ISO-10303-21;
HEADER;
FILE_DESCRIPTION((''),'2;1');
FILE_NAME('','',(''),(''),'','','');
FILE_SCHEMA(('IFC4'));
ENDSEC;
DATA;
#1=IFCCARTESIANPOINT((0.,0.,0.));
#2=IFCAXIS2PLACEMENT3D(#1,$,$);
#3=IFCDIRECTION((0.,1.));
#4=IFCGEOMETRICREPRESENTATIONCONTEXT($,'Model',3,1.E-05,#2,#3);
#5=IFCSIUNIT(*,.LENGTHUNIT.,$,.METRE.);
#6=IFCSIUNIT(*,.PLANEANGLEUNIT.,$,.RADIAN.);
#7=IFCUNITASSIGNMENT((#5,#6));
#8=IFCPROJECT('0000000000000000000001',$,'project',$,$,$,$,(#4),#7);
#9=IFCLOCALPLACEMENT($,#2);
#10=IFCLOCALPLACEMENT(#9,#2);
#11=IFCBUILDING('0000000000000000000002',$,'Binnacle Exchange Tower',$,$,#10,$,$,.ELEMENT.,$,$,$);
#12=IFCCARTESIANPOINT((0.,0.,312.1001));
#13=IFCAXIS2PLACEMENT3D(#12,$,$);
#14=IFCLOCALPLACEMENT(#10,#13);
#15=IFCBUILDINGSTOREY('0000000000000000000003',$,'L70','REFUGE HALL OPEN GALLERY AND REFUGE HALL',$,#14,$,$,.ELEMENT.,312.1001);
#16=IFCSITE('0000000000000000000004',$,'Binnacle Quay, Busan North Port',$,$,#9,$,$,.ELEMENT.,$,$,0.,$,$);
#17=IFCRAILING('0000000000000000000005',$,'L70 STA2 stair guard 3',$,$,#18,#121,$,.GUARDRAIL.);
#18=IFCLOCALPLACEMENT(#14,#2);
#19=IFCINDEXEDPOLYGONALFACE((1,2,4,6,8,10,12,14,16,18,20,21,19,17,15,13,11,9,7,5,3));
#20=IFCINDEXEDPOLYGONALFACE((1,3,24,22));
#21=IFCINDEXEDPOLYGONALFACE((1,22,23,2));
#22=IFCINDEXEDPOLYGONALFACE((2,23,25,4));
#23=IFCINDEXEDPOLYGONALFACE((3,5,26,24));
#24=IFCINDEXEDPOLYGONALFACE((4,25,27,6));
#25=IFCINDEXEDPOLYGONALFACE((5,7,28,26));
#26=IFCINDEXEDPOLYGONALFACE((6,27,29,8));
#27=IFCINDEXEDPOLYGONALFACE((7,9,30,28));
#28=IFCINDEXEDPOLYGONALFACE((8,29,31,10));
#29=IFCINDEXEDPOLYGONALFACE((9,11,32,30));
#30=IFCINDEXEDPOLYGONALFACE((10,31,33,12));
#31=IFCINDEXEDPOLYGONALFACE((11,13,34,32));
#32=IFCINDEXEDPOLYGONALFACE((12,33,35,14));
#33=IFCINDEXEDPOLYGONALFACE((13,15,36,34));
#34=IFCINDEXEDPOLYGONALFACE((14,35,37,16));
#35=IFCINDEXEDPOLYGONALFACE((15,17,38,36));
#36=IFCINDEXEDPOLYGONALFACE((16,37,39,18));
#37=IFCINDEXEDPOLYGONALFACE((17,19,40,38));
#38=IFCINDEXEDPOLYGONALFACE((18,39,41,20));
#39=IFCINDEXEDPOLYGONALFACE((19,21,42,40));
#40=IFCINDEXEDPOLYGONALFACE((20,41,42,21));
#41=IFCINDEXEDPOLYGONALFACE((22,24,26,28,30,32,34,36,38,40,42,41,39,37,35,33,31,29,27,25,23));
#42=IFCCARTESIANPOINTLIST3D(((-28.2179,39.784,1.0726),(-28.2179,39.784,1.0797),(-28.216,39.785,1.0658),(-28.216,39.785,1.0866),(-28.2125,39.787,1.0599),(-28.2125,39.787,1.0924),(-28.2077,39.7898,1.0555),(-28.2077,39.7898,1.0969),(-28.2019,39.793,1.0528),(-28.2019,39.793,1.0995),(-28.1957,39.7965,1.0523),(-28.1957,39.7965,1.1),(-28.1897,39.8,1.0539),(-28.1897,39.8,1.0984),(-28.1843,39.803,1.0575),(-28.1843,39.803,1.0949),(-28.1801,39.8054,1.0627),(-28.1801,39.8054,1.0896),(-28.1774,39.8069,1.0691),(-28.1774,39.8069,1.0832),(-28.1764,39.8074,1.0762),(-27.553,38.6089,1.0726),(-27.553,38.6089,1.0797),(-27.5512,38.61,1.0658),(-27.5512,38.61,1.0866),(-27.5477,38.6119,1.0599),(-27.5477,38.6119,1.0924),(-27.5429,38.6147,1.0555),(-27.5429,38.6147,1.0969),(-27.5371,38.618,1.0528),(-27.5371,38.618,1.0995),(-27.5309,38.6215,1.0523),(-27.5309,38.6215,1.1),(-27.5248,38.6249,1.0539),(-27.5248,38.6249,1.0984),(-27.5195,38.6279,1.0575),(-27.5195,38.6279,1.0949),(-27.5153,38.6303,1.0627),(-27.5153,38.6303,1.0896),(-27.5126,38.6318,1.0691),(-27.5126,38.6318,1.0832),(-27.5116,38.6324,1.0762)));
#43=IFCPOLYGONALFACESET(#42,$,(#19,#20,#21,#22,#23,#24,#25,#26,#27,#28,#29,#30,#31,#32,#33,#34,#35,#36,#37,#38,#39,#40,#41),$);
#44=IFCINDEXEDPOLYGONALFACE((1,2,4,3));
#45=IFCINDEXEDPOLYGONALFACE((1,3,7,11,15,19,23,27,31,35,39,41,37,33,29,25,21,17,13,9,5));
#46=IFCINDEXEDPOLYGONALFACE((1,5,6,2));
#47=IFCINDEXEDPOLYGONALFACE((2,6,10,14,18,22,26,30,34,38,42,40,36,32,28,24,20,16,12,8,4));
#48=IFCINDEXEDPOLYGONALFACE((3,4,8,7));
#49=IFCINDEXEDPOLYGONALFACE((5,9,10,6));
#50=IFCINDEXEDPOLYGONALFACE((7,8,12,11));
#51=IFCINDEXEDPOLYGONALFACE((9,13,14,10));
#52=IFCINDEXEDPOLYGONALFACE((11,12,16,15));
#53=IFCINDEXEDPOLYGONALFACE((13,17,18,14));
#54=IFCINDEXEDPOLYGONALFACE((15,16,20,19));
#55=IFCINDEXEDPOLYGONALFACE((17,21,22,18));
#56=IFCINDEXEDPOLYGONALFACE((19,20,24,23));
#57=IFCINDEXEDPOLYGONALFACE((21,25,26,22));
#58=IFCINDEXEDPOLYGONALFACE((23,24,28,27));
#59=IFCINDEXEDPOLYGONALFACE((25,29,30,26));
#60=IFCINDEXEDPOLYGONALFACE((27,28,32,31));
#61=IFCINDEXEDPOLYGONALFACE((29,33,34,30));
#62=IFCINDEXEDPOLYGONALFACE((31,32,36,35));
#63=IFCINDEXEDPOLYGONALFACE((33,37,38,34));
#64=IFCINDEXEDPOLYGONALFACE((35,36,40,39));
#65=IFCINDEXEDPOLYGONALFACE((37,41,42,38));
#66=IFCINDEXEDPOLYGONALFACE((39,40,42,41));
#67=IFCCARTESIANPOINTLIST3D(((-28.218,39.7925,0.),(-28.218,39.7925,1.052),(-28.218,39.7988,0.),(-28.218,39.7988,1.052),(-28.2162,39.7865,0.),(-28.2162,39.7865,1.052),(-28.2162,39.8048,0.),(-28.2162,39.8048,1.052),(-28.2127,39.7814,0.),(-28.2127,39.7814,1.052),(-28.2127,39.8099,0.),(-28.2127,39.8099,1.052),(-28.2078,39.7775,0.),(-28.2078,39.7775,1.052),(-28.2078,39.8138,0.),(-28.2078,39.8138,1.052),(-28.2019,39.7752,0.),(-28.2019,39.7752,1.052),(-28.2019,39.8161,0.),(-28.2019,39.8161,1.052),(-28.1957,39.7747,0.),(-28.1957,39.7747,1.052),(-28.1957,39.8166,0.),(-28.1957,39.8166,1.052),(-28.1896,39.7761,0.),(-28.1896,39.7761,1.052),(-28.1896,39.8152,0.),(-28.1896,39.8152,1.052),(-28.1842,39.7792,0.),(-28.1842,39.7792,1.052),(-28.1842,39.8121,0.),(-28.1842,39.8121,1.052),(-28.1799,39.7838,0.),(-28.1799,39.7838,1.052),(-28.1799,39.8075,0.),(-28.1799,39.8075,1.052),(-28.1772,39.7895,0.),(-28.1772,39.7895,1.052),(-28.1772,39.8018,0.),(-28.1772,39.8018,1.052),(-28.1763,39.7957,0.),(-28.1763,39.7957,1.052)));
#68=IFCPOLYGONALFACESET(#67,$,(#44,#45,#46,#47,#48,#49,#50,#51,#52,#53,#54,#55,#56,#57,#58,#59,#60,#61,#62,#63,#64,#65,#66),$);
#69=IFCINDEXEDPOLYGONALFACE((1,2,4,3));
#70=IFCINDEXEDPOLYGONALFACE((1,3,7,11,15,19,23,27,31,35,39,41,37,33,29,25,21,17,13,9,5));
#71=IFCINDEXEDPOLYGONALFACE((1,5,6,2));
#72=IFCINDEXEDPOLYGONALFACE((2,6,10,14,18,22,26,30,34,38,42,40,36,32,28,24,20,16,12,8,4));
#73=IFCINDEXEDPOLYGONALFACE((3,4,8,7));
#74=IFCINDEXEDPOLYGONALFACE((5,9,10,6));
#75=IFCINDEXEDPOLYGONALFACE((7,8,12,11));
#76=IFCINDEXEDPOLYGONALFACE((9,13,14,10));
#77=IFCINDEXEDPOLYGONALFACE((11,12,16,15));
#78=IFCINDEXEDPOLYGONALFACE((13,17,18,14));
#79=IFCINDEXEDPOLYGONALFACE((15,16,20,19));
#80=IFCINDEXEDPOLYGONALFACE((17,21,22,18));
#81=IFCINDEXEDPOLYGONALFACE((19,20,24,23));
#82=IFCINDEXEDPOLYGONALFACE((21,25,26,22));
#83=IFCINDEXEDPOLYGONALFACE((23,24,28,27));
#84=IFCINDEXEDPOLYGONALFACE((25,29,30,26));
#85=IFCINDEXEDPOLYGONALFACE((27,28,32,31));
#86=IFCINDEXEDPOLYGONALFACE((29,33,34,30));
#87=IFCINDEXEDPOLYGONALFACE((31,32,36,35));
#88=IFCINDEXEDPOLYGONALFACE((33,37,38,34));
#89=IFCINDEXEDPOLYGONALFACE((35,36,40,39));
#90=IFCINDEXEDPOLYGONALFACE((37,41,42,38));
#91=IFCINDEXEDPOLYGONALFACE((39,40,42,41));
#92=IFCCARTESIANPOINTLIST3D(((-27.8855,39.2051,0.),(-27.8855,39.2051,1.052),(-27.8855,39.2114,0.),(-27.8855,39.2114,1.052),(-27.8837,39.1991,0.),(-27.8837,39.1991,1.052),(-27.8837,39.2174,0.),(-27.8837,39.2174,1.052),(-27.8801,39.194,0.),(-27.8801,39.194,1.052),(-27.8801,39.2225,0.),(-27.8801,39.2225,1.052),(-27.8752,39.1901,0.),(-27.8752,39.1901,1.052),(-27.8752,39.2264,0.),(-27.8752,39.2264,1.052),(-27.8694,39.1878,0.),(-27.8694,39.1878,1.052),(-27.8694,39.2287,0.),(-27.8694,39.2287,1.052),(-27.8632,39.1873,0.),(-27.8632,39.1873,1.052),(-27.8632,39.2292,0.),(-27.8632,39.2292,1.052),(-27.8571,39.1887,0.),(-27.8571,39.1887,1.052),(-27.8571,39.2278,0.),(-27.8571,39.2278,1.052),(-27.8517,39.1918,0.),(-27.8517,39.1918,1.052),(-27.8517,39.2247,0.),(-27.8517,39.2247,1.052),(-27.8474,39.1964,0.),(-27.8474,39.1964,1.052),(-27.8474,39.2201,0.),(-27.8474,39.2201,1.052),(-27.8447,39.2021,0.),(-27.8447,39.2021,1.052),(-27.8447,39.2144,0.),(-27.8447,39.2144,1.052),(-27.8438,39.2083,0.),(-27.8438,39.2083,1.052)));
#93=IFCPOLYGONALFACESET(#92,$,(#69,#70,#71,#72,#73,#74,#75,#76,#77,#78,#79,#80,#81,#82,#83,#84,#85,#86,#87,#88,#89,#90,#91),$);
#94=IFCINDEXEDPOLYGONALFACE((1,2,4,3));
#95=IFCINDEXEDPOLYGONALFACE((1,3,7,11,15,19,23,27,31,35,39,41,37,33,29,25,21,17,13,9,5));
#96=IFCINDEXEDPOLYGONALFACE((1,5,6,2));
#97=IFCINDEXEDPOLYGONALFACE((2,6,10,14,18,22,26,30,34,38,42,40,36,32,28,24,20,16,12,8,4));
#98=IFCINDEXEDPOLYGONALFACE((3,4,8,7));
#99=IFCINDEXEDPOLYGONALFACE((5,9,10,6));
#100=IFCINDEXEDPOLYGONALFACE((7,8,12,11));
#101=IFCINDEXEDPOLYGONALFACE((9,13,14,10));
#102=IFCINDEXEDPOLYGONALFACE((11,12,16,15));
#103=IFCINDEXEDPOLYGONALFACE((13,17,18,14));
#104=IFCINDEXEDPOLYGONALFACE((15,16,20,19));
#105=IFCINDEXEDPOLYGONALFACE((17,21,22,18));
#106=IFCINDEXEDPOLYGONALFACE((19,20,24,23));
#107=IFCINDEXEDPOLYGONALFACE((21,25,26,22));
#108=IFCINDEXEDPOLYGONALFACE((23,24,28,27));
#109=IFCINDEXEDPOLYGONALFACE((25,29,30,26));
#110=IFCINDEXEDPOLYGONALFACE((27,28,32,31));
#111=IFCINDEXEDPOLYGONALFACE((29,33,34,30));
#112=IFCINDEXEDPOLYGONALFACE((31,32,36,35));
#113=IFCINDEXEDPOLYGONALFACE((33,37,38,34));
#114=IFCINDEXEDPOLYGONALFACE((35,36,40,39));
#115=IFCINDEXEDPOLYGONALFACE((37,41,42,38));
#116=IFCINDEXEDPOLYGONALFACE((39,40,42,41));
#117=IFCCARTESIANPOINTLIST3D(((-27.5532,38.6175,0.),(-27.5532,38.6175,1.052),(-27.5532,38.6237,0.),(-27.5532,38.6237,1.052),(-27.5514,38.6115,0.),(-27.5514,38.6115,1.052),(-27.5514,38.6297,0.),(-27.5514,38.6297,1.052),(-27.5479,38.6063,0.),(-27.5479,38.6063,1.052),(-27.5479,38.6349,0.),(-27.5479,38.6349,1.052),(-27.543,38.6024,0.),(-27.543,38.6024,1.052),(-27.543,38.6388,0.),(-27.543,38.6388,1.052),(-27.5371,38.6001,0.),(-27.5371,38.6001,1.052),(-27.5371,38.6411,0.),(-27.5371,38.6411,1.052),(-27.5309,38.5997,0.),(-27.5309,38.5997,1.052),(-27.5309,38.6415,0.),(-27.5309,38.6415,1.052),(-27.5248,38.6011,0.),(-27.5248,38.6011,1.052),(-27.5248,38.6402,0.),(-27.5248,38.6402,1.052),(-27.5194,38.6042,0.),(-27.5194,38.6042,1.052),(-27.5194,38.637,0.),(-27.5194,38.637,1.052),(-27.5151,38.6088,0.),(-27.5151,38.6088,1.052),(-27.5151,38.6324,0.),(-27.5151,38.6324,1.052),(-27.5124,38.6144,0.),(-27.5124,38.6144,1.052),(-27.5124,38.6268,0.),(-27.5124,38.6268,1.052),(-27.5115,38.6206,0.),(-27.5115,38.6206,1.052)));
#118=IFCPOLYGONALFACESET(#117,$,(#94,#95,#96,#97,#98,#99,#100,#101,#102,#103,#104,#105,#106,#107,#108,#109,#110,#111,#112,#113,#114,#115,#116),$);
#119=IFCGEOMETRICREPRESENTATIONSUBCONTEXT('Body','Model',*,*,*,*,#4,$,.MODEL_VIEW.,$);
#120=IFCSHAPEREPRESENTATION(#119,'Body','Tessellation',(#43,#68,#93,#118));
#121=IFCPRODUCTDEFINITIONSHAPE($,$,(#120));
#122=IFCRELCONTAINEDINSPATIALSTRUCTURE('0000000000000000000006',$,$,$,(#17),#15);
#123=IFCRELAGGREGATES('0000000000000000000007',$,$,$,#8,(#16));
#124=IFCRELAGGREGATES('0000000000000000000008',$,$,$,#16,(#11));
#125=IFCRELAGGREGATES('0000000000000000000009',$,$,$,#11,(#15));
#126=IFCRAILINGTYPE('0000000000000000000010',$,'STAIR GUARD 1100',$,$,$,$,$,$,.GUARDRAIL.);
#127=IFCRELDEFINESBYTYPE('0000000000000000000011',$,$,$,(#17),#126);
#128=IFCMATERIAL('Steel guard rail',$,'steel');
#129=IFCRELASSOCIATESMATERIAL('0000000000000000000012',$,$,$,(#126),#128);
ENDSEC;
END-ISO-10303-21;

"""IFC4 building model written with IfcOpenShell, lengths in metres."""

from ifc_helpers import new_model, si_unit, direction, frame, origin, origin_2d, place, context, subcontext, project, spatial, circle, extrude, material, type_object, element, save


model = new_model("IFC4")

# Units and contexts
model_context = context("Model", 3, precision=1e-05, world=origin(), true_north=direction((0.0, 1.0)))
body_context = subcontext(model_context, "Body", "Model", "MODEL_VIEW")
ifc_project = project(units=[si_unit("LENGTHUNIT", "METRE"), si_unit("PLANEANGLEUNIT", "RADIAN")], contexts=[model_context])

# Site, building, storey
site_placement = place(None, origin())
site = spatial("IfcSite", under=ifc_project, at=site_placement, Name="Binnacle Quay, Busan North Port", CompositionType="ELEMENT", RefElevation=0.0)
building_placement = place(site_placement, origin())
building = spatial("IfcBuilding", under=site, at=building_placement, Name="Binnacle Exchange Tower", CompositionType="ELEMENT")
storey_placement = place(building_placement, frame((0.0, 0.0, 312.1001)))
storey = spatial("IfcBuildingStorey", under=building, at=storey_placement, Name="L70", Description="REFUGE HALL OPEN GALLERY AND REFUGE HALL", CompositionType="ELEMENT", Elevation=312.1001)

# Railing
ifc_material_1 = material(Name="Steel guard rail", Category="steel")
railing_type_1 = type_object("IfcRailingType", Name="STAIR GUARD 1100", PredefinedType="GUARDRAIL", material=ifc_material_1)
railing_1_placement = place(storey_placement, frame((-28.1973, 39.7957, 0.0)))
element("IfcRailing", 1, at=railing_1_placement, inside=storey, type_object=railing_type_1, Name="L70 STA2 stair guard 3", PredefinedType="GUARDRAIL", context=body_context, shape_type="SweptSolid", body=[
    extrude(circle(Radius=0.0239, at=origin_2d()), frame((0.0, 0.0, 1.0762), z_axis=(0.492415, -0.870361, 0.0), x_axis=(0.870361, 0.492415, 0.0)), (0.0, 0.0, 1.0), 1.3501),
    extrude(circle(Radius=0.021, at=origin_2d()), origin(), (0.0, 0.0, 1.0), 1.052),
    extrude(circle(Radius=0.021, at=origin_2d()), frame((0.3325, -0.5874, 0.0)), (0.0, 0.0, 1.0), 1.052),
    extrude(circle(Radius=0.021, at=origin_2d()), frame((0.6648, -1.175, 0.0)), (0.0, 0.0, 1.0), 1.052),
])

save(model, "model.ifc")
